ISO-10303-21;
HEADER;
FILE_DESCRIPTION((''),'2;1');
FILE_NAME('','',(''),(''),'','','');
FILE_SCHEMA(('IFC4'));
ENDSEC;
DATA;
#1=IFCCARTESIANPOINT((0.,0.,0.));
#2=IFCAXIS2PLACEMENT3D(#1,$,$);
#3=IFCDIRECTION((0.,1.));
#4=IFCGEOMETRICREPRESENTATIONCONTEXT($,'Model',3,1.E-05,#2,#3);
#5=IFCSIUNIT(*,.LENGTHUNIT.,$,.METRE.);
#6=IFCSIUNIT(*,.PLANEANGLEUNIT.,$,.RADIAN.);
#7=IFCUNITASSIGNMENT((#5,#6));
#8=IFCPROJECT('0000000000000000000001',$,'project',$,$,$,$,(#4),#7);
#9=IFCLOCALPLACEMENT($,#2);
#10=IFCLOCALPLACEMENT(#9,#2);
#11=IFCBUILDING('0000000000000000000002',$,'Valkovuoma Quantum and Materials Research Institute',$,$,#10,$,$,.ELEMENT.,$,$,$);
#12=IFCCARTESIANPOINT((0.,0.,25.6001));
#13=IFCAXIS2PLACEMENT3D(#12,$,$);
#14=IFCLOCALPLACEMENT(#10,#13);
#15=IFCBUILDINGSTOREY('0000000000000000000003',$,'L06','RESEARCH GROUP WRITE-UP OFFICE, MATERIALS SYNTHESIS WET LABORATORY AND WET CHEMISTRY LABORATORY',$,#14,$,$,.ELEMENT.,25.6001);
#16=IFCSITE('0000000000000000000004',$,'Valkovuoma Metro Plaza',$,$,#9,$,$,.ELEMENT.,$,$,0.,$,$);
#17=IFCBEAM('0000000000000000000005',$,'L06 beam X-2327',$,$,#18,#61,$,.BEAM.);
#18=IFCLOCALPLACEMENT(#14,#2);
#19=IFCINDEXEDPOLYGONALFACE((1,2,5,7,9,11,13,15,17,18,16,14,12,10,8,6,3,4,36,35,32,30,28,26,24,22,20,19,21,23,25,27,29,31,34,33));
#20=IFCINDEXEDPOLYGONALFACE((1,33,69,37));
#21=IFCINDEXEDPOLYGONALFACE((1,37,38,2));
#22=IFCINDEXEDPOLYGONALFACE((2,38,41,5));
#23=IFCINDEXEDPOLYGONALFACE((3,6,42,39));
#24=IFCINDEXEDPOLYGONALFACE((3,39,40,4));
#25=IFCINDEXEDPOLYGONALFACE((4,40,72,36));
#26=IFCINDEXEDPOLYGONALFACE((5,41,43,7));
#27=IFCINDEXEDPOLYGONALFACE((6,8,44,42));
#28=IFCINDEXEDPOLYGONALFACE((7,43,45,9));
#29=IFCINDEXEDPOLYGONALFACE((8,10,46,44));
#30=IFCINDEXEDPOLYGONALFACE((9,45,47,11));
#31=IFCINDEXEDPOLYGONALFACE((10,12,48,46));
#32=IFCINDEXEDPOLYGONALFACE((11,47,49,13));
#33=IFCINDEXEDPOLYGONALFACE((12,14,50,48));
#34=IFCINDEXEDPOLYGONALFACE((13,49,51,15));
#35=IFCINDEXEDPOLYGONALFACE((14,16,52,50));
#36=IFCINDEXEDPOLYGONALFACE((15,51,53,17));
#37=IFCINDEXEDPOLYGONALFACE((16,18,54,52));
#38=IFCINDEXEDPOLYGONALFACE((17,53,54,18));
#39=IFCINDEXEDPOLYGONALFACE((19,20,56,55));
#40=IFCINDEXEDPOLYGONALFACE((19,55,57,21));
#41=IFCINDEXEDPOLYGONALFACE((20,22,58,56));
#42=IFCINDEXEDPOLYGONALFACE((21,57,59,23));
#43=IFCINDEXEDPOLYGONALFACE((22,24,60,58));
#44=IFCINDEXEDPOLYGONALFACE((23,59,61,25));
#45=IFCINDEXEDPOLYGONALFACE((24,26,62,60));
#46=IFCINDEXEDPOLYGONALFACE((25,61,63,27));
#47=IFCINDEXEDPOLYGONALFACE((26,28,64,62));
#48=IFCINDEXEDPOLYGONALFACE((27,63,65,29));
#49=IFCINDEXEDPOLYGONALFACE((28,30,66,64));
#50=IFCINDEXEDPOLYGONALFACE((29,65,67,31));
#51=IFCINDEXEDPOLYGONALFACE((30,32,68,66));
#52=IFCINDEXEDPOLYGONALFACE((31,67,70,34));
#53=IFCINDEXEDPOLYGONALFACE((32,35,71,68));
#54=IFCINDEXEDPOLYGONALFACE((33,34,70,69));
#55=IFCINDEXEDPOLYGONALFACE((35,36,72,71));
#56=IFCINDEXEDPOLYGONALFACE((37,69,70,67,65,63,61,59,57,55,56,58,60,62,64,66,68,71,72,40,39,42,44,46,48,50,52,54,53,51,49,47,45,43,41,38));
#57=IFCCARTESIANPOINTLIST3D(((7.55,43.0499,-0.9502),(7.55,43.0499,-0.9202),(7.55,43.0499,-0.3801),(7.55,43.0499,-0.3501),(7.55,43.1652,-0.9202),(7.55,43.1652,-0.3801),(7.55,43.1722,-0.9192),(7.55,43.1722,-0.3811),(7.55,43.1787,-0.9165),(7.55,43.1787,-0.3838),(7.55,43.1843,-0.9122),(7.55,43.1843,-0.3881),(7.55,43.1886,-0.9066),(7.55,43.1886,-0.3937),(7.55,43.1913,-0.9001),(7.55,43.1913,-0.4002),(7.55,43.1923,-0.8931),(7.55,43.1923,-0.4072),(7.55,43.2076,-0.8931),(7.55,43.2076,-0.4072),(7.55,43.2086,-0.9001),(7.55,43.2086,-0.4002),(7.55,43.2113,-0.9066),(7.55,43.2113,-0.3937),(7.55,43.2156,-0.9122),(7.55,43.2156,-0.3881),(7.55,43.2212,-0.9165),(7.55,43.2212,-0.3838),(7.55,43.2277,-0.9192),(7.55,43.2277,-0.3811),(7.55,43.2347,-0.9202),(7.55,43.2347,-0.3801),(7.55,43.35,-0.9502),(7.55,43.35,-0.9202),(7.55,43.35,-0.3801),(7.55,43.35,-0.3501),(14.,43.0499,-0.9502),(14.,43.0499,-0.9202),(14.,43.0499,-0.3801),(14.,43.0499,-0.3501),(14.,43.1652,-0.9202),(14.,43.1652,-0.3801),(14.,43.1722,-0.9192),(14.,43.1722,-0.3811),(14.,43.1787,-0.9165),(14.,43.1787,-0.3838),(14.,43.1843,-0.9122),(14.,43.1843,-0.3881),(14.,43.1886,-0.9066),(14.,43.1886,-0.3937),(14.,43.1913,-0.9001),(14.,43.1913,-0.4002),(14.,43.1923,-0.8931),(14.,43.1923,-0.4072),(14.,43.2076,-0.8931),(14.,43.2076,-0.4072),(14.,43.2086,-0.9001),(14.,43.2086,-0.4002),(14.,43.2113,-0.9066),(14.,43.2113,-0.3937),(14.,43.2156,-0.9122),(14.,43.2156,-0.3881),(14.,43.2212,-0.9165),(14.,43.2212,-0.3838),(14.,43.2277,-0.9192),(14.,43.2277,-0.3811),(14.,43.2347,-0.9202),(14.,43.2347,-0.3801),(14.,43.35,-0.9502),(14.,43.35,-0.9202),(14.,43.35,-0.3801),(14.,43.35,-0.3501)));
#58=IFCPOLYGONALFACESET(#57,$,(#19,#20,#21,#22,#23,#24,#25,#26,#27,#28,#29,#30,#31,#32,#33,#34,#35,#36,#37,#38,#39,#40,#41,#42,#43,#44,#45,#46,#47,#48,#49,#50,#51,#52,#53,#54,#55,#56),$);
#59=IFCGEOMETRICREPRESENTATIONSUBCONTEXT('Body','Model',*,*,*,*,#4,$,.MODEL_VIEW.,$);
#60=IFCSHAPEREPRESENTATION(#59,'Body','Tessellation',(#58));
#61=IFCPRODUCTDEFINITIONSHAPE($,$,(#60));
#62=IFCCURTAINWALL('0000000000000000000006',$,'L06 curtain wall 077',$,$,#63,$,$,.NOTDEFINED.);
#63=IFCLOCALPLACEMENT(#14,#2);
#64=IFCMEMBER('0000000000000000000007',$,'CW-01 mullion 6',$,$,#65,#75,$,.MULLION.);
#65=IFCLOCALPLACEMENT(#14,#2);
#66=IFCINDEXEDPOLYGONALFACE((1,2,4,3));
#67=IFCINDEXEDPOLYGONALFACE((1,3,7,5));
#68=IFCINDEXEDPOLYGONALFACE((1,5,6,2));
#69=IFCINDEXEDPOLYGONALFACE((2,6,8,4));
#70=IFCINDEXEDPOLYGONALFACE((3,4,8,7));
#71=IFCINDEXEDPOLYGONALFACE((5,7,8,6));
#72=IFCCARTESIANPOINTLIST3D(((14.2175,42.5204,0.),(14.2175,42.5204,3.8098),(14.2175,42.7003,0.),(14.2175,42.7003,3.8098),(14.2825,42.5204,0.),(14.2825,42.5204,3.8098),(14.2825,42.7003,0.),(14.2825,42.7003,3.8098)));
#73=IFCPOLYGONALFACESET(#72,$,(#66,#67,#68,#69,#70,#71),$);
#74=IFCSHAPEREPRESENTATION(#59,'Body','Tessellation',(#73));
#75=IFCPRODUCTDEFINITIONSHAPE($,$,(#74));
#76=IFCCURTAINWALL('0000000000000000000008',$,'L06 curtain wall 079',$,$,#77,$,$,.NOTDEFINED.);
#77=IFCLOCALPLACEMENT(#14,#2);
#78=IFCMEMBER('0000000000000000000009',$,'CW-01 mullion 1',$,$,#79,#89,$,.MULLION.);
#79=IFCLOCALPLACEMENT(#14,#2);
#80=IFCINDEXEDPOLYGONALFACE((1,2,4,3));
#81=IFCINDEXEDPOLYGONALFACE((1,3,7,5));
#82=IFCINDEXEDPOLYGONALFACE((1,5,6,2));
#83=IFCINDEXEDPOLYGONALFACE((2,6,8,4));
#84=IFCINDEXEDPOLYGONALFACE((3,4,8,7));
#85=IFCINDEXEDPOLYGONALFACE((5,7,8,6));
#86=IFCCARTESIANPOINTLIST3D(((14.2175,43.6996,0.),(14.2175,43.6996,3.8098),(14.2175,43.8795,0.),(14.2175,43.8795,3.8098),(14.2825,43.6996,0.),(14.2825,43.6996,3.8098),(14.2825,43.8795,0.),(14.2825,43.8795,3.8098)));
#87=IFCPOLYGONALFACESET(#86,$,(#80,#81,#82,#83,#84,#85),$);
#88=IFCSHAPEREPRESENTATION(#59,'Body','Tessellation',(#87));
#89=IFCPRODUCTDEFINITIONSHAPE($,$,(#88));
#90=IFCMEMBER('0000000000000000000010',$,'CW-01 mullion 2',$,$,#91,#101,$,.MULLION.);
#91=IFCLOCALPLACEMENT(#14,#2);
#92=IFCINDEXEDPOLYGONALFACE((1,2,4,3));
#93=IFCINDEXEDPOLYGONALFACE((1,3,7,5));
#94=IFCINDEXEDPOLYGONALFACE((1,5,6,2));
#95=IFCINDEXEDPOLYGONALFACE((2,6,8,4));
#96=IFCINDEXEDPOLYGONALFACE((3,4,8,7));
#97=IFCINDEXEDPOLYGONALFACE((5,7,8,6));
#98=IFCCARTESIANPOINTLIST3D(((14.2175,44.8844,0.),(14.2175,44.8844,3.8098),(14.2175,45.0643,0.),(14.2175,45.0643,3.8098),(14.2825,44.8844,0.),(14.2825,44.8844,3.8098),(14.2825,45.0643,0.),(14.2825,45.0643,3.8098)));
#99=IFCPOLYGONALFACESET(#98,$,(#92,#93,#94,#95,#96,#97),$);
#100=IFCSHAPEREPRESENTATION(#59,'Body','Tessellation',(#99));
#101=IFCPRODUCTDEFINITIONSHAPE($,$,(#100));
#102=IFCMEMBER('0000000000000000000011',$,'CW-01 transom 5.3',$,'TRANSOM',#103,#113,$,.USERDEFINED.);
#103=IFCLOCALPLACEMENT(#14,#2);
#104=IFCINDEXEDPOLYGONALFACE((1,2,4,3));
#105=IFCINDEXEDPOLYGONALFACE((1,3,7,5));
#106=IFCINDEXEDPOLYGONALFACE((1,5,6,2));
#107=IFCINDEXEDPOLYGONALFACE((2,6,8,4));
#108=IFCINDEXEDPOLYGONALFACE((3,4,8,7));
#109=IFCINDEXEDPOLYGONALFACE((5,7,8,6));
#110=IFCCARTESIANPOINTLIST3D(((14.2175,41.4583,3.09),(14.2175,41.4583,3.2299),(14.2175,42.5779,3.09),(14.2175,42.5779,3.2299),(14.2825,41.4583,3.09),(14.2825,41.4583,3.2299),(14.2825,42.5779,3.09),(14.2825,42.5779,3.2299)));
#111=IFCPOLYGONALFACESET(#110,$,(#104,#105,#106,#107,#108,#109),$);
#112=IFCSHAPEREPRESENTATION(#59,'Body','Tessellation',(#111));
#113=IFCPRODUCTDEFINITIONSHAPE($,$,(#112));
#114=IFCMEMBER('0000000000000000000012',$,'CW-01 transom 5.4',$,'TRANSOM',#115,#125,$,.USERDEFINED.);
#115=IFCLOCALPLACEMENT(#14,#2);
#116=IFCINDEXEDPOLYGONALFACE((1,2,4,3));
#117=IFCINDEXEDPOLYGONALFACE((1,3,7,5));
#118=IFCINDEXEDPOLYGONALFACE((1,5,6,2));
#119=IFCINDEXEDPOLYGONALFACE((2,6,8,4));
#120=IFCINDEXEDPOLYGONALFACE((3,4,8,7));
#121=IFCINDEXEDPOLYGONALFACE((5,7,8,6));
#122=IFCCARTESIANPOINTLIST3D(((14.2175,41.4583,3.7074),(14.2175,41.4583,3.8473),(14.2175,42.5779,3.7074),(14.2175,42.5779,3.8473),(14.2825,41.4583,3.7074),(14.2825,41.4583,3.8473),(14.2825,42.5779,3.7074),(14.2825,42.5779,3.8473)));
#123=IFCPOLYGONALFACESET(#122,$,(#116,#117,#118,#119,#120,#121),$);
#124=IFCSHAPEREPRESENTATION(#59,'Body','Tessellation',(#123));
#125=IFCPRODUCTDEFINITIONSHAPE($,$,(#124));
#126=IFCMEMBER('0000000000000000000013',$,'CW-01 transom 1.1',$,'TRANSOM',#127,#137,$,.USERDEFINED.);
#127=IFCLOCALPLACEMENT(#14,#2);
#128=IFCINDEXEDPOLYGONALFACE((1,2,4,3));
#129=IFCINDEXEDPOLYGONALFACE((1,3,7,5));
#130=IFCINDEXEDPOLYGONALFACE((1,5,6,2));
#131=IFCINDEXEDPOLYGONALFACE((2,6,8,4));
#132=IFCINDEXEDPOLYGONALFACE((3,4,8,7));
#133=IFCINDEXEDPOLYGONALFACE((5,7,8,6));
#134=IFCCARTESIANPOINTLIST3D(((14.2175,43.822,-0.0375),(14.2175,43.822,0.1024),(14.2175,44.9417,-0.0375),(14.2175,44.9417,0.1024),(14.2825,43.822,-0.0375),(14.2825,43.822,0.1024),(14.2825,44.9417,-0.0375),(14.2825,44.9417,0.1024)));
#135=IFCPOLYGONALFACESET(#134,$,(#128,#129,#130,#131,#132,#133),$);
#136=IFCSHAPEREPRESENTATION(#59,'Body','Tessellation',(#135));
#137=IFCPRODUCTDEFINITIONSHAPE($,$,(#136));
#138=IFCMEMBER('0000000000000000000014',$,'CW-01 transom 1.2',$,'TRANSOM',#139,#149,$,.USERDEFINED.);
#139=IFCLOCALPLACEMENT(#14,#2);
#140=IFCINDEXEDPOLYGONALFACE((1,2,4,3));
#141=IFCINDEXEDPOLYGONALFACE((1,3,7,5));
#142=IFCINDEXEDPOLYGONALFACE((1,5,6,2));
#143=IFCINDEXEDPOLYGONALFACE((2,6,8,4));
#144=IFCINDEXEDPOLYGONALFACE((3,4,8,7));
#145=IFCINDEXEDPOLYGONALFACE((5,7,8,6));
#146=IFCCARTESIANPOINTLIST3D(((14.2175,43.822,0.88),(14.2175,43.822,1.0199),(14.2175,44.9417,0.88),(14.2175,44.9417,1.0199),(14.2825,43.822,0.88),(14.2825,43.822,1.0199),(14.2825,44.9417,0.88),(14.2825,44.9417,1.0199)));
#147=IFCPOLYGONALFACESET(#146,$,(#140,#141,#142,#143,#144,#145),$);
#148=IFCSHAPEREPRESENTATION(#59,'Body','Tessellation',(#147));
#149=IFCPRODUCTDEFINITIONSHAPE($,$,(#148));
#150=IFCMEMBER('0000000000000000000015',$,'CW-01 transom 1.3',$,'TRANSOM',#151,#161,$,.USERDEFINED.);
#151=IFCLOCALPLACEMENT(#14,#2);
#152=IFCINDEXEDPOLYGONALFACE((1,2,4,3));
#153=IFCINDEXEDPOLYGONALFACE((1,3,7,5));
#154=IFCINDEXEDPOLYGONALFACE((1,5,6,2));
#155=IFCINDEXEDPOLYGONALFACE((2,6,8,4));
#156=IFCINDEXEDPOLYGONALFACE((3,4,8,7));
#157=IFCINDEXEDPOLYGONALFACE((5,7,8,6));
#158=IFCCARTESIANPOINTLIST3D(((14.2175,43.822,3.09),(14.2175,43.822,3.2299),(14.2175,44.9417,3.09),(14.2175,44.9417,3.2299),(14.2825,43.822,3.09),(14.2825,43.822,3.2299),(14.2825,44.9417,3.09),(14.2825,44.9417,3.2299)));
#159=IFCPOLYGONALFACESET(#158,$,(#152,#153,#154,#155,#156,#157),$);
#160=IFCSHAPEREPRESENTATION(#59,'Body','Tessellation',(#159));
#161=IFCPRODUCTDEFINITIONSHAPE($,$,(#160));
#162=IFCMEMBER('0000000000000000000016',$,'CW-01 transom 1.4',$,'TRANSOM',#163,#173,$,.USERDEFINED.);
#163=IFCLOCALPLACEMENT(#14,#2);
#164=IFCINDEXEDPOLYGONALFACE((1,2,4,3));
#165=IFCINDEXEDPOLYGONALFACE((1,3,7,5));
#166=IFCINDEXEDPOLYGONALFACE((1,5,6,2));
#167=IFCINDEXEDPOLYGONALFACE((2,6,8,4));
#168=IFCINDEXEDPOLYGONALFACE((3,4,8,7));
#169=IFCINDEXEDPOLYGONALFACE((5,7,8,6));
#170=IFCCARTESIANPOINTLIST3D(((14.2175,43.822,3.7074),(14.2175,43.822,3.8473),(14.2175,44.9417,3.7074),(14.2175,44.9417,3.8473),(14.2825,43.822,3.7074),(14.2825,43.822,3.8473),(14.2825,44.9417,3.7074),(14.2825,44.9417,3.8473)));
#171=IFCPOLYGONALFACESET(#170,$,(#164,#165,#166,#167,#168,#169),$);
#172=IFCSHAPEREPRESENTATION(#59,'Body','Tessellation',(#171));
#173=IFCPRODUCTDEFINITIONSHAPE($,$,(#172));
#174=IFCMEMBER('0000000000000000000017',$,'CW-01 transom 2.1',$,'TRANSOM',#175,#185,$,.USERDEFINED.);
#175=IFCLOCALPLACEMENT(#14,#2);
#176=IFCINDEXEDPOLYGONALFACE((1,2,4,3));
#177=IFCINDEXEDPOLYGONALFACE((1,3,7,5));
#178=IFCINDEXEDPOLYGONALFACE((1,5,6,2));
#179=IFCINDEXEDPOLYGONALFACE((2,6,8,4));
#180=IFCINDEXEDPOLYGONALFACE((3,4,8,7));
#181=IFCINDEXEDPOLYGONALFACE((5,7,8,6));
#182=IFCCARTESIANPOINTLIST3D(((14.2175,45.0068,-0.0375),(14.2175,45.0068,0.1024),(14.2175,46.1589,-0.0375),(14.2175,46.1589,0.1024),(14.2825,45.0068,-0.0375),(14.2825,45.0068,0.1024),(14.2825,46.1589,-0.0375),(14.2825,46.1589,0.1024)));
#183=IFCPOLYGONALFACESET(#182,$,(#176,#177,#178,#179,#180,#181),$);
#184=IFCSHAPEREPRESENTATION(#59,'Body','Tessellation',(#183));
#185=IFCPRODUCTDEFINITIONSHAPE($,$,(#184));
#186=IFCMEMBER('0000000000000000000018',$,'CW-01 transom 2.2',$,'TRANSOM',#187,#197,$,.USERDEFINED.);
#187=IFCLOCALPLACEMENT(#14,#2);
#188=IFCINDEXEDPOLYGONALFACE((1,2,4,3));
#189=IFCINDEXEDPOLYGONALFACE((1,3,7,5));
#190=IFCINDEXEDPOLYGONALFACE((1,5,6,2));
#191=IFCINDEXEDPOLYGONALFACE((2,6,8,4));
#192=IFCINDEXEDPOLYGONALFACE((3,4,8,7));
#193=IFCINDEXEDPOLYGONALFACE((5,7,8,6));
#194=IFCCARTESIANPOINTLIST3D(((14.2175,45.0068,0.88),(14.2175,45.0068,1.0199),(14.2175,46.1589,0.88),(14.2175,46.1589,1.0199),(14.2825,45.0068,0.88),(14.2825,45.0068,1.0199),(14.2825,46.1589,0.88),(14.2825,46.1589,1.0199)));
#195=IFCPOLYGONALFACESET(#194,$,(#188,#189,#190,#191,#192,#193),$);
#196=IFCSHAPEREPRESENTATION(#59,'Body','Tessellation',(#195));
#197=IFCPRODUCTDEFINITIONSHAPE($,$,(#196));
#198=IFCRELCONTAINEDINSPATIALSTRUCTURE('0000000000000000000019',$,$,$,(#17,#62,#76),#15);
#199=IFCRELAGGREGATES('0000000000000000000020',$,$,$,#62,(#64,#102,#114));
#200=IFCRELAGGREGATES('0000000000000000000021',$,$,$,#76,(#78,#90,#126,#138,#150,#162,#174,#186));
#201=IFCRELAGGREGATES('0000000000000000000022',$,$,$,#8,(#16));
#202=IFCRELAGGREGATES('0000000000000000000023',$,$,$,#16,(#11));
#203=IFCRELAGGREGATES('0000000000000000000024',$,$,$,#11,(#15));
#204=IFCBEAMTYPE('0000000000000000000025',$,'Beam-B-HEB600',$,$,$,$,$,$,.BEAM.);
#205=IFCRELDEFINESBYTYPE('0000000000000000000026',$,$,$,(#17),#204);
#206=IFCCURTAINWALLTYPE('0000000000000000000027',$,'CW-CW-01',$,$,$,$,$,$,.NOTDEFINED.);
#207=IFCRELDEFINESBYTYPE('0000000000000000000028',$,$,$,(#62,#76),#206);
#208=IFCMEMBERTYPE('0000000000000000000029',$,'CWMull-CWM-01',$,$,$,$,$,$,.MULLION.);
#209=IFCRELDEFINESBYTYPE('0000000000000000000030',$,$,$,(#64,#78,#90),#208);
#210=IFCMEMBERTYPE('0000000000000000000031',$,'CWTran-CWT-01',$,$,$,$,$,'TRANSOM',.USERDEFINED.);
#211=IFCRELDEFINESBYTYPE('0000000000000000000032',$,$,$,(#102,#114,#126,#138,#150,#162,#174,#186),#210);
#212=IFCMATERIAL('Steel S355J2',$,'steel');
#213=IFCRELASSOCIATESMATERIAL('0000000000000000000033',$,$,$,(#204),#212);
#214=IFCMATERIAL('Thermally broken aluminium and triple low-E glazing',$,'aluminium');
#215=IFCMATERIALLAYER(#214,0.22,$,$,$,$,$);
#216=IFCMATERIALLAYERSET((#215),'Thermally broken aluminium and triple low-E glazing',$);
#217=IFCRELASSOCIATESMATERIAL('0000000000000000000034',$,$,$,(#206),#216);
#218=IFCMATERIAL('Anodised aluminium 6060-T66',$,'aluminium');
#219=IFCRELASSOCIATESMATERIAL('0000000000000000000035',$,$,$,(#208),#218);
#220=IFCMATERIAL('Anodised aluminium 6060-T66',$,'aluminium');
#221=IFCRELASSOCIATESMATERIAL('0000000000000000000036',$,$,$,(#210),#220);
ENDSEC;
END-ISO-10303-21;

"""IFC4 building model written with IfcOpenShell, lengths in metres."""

from ifc_helpers import new_model, si_unit, direction, frame, origin, origin_2d, place, context, subcontext, project, spatial, rectangle, i_section, extrude, material, layer, layer_set, material_profile, profile_set, type_object, element, aggregate, save


model = new_model("IFC4")

# Units and contexts
model_context = context("Model", 3, precision=1e-05, world=origin(), true_north=direction((0.0, 1.0)))
body_context = subcontext(model_context, "Body", "Model", "MODEL_VIEW")
ifc_project = project(units=[si_unit("LENGTHUNIT", "METRE"), si_unit("PLANEANGLEUNIT", "RADIAN")], contexts=[model_context])

# Site, building, storey
site_placement = place(None, origin())
site = spatial("IfcSite", under=ifc_project, at=site_placement, Name="Valkovuoma Metro Plaza", CompositionType="ELEMENT", RefElevation=0.0)
building_placement = place(site_placement, origin())
building = spatial("IfcBuilding", under=site, at=building_placement, Name="Valkovuoma Quantum and Materials Research Institute", CompositionType="ELEMENT")
storey_placement = place(building_placement, frame((0.0, 0.0, 25.6001)))
storey = spatial("IfcBuildingStorey", under=building, at=storey_placement, Name="L06", Description="RESEARCH GROUP WRITE-UP OFFICE, MATERIALS SYNTHESIS WET LABORATORY AND WET CHEMISTRY LABORATORY", CompositionType="ELEMENT", Elevation=25.6001)

# Beam
ifc_material_1 = material(Name="Steel S355J2", Category="steel")
ifc_material_profile_1 = material_profile(ifc_material_1, i_section(OverallWidth=0.3, OverallDepth=0.6001, WebThickness=0.0154, FlangeThickness=0.03, FilletRadius=0.0271, at=origin_2d()), Name="Steel S355J2")
ifc_profile_set_1 = profile_set([ifc_material_profile_1], Name="Steel S355J2")
beam_type = type_object("IfcBeamType", Name="Beam-B-HEB600", PredefinedType="BEAM", material=ifc_profile_set_1)
beam_placement = place(storey_placement, frame((7.55, 43.2, -0.6501), z_axis=(1.0, 0.0, 0.0), x_axis=(0.0, 1.0, 0.0)))
element("IfcBeam", 1, at=beam_placement, inside=storey, type_object=beam_type, Name="L06 beam X-2327", PredefinedType="BEAM", context=body_context, shape_type="SweptSolid", body=[
    extrude(i_section(OverallWidth=0.3, OverallDepth=0.6001, WebThickness=0.0154, FlangeThickness=0.03, FilletRadius=0.0271, at=origin_2d()), origin(), (0.0, 0.0, 1.0), 6.45),
])

# Curtain wall, member
ifc_material_2 = material(Name="Thermally broken aluminium and triple low-E glazing", Category="aluminium")
ifc_layer_1 = layer(ifc_material_2, 0.22)
ifc_layer_set_1 = layer_set([ifc_layer_1], Name="Thermally broken aluminium and triple low-E glazing")
curtain_wall_type = type_object("IfcCurtainWallType", Name="CW-CW-01", PredefinedType="NOTDEFINED", material=ifc_layer_set_1)
curtain_wall_1_placement = place(storey_placement, origin())
curtain_wall_1 = element("IfcCurtainWall", 2, at=curtain_wall_1_placement, inside=storey, type_object=curtain_wall_type, Name="L06 curtain wall 077", PredefinedType="NOTDEFINED")
ifc_material_3 = material(Name="Anodised aluminium 6060-T66", Category="aluminium")
ifc_material_profile_2 = material_profile(ifc_material_3, rectangle(XDim=0.0649, YDim=0.1799, at=origin_2d()), Name="Anodised aluminium 6060-T66")
ifc_profile_set_2 = profile_set([ifc_material_profile_2], Name="Anodised aluminium 6060-T66")
member_type_1 = type_object("IfcMemberType", Name="CWMull-CWM-01", PredefinedType="MULLION", material=ifc_profile_set_2)
member_1_placement = place(storey_placement, frame((14.25, 42.6104, 0.0), z_axis=(0.0, 0.0, 1.0), x_axis=(-1.0, 0.0, 0.0)))
member_1 = element("IfcMember", 3, at=member_1_placement, type_object=member_type_1, Name="CW-01 mullion 6", PredefinedType="MULLION", context=body_context, shape_type="SweptSolid", body=[
    extrude(rectangle(XDim=0.0649, YDim=0.1799, at=origin_2d()), origin(), (0.0, 0.0, 1.0), 3.8098),
])

# Curtain wall, members
curtain_wall_2_placement = place(storey_placement, origin())
curtain_wall_2 = element("IfcCurtainWall", 4, at=curtain_wall_2_placement, inside=storey, type_object=curtain_wall_type, Name="L06 curtain wall 079", PredefinedType="NOTDEFINED")
member_2_placement = place(storey_placement, frame((14.25, 43.7896, 0.0), z_axis=(0.0, 0.0, 1.0), x_axis=(-1.0, 0.0, 0.0)))
member_2 = element("IfcMember", 5, at=member_2_placement, type_object=member_type_1, Name="CW-01 mullion 1", PredefinedType="MULLION", context=body_context, shape_type="SweptSolid", body=[
    extrude(rectangle(XDim=0.0649, YDim=0.1799, at=origin_2d()), origin(), (0.0, 0.0, 1.0), 3.8098),
])
member_3_placement = place(storey_placement, frame((14.25, 44.9744, 0.0), z_axis=(0.0, 0.0, 1.0), x_axis=(-1.0, 0.0, 0.0)))
member_3 = element("IfcMember", 6, at=member_3_placement, type_object=member_type_1, Name="CW-01 mullion 2", PredefinedType="MULLION", context=body_context, shape_type="SweptSolid", body=[
    extrude(rectangle(XDim=0.0649, YDim=0.1799, at=origin_2d()), origin(), (0.0, 0.0, 1.0), 3.8098),
])

# Members
ifc_material_4 = material(Name="Anodised aluminium 6060-T66", Category="aluminium")
ifc_material_profile_3 = material_profile(ifc_material_4, rectangle(XDim=0.0649, YDim=0.1399, at=origin_2d()), Name="Anodised aluminium 6060-T66")
ifc_profile_set_3 = profile_set([ifc_material_profile_3], Name="Anodised aluminium 6060-T66")
member_type_2 = type_object("IfcMemberType", Name="CWTran-CWT-01", ElementType="TRANSOM", PredefinedType="USERDEFINED", material=ifc_profile_set_3)
member_4_placement = place(storey_placement, frame((14.25, 41.4583, 3.1599), z_axis=(0.0, 1.0, 0.0), x_axis=(-1.0, 0.0, 0.0)))
member_4 = element("IfcMember", 7, at=member_4_placement, type_object=member_type_2, Name="CW-01 transom 5.3", ObjectType="TRANSOM", PredefinedType="USERDEFINED", context=body_context, shape_type="SweptSolid", body=[
    extrude(rectangle(XDim=0.0649, YDim=0.1399, at=origin_2d()), origin(), (0.0, 0.0, 1.0), 1.1196),
])
member_5_placement = place(storey_placement, frame((14.25, 41.4583, 3.7773), z_axis=(0.0, 1.0, 0.0), x_axis=(-1.0, 0.0, 0.0)))
member_5 = element("IfcMember", 8, at=member_5_placement, type_object=member_type_2, Name="CW-01 transom 5.4", ObjectType="TRANSOM", PredefinedType="USERDEFINED", context=body_context, shape_type="SweptSolid", body=[
    extrude(rectangle(XDim=0.0649, YDim=0.1399, at=origin_2d()), origin(), (0.0, 0.0, 1.0), 1.1196),
])
member_6_placement = place(storey_placement, frame((14.25, 43.822, 0.0325), z_axis=(0.0, 1.0, 0.0), x_axis=(-1.0, 0.0, 0.0)))
member_6 = element("IfcMember", 9, at=member_6_placement, type_object=member_type_2, Name="CW-01 transom 1.1", ObjectType="TRANSOM", PredefinedType="USERDEFINED", context=body_context, shape_type="SweptSolid", body=[
    extrude(rectangle(XDim=0.0649, YDim=0.1399, at=origin_2d()), origin(), (0.0, 0.0, 1.0), 1.1196),
])
member_7_placement = place(storey_placement, frame((14.25, 43.822, 0.95), z_axis=(0.0, 1.0, 0.0), x_axis=(-1.0, 0.0, 0.0)))
member_7 = element("IfcMember", 10, at=member_7_placement, type_object=member_type_2, Name="CW-01 transom 1.2", ObjectType="TRANSOM", PredefinedType="USERDEFINED", context=body_context, shape_type="SweptSolid", body=[
    extrude(rectangle(XDim=0.0649, YDim=0.1399, at=origin_2d()), origin(), (0.0, 0.0, 1.0), 1.1196),
])
member_8_placement = place(storey_placement, frame((14.25, 43.822, 3.1599), z_axis=(0.0, 1.0, 0.0), x_axis=(-1.0, 0.0, 0.0)))
member_8 = element("IfcMember", 11, at=member_8_placement, type_object=member_type_2, Name="CW-01 transom 1.3", ObjectType="TRANSOM", PredefinedType="USERDEFINED", context=body_context, shape_type="SweptSolid", body=[
    extrude(rectangle(XDim=0.0649, YDim=0.1399, at=origin_2d()), origin(), (0.0, 0.0, 1.0), 1.1196),
])
member_9_placement = place(storey_placement, frame((14.25, 43.822, 3.7773), z_axis=(0.0, 1.0, 0.0), x_axis=(-1.0, 0.0, 0.0)))
member_9 = element("IfcMember", 12, at=member_9_placement, type_object=member_type_2, Name="CW-01 transom 1.4", ObjectType="TRANSOM", PredefinedType="USERDEFINED", context=body_context, shape_type="SweptSolid", body=[
    extrude(rectangle(XDim=0.0649, YDim=0.1399, at=origin_2d()), origin(), (0.0, 0.0, 1.0), 1.1196),
])
member_10_placement = place(storey_placement, frame((14.25, 45.0068, 0.0325), z_axis=(0.0, 1.0, 0.0), x_axis=(-1.0, 0.0, 0.0)))
member_10 = element("IfcMember", 13, at=member_10_placement, type_object=member_type_2, Name="CW-01 transom 2.1", ObjectType="TRANSOM", PredefinedType="USERDEFINED", context=body_context, shape_type="SweptSolid", body=[
    extrude(rectangle(XDim=0.0649, YDim=0.1399, at=origin_2d()), origin(), (0.0, 0.0, 1.0), 1.1521),
])
member_11_placement = place(storey_placement, frame((14.25, 45.0068, 0.95), z_axis=(0.0, 1.0, 0.0), x_axis=(-1.0, 0.0, 0.0)))
member_11 = element("IfcMember", 14, at=member_11_placement, type_object=member_type_2, Name="CW-01 transom 2.2", ObjectType="TRANSOM", PredefinedType="USERDEFINED", context=body_context, shape_type="SweptSolid", body=[
    extrude(rectangle(XDim=0.0649, YDim=0.1399, at=origin_2d()), origin(), (0.0, 0.0, 1.0), 1.1521),
])

aggregate(curtain_wall_1, [member_1, member_4, member_5])
aggregate(curtain_wall_2, [member_2, member_3, member_6, member_7, member_8, member_9, member_10, member_11])

save(model, "model.ifc")
